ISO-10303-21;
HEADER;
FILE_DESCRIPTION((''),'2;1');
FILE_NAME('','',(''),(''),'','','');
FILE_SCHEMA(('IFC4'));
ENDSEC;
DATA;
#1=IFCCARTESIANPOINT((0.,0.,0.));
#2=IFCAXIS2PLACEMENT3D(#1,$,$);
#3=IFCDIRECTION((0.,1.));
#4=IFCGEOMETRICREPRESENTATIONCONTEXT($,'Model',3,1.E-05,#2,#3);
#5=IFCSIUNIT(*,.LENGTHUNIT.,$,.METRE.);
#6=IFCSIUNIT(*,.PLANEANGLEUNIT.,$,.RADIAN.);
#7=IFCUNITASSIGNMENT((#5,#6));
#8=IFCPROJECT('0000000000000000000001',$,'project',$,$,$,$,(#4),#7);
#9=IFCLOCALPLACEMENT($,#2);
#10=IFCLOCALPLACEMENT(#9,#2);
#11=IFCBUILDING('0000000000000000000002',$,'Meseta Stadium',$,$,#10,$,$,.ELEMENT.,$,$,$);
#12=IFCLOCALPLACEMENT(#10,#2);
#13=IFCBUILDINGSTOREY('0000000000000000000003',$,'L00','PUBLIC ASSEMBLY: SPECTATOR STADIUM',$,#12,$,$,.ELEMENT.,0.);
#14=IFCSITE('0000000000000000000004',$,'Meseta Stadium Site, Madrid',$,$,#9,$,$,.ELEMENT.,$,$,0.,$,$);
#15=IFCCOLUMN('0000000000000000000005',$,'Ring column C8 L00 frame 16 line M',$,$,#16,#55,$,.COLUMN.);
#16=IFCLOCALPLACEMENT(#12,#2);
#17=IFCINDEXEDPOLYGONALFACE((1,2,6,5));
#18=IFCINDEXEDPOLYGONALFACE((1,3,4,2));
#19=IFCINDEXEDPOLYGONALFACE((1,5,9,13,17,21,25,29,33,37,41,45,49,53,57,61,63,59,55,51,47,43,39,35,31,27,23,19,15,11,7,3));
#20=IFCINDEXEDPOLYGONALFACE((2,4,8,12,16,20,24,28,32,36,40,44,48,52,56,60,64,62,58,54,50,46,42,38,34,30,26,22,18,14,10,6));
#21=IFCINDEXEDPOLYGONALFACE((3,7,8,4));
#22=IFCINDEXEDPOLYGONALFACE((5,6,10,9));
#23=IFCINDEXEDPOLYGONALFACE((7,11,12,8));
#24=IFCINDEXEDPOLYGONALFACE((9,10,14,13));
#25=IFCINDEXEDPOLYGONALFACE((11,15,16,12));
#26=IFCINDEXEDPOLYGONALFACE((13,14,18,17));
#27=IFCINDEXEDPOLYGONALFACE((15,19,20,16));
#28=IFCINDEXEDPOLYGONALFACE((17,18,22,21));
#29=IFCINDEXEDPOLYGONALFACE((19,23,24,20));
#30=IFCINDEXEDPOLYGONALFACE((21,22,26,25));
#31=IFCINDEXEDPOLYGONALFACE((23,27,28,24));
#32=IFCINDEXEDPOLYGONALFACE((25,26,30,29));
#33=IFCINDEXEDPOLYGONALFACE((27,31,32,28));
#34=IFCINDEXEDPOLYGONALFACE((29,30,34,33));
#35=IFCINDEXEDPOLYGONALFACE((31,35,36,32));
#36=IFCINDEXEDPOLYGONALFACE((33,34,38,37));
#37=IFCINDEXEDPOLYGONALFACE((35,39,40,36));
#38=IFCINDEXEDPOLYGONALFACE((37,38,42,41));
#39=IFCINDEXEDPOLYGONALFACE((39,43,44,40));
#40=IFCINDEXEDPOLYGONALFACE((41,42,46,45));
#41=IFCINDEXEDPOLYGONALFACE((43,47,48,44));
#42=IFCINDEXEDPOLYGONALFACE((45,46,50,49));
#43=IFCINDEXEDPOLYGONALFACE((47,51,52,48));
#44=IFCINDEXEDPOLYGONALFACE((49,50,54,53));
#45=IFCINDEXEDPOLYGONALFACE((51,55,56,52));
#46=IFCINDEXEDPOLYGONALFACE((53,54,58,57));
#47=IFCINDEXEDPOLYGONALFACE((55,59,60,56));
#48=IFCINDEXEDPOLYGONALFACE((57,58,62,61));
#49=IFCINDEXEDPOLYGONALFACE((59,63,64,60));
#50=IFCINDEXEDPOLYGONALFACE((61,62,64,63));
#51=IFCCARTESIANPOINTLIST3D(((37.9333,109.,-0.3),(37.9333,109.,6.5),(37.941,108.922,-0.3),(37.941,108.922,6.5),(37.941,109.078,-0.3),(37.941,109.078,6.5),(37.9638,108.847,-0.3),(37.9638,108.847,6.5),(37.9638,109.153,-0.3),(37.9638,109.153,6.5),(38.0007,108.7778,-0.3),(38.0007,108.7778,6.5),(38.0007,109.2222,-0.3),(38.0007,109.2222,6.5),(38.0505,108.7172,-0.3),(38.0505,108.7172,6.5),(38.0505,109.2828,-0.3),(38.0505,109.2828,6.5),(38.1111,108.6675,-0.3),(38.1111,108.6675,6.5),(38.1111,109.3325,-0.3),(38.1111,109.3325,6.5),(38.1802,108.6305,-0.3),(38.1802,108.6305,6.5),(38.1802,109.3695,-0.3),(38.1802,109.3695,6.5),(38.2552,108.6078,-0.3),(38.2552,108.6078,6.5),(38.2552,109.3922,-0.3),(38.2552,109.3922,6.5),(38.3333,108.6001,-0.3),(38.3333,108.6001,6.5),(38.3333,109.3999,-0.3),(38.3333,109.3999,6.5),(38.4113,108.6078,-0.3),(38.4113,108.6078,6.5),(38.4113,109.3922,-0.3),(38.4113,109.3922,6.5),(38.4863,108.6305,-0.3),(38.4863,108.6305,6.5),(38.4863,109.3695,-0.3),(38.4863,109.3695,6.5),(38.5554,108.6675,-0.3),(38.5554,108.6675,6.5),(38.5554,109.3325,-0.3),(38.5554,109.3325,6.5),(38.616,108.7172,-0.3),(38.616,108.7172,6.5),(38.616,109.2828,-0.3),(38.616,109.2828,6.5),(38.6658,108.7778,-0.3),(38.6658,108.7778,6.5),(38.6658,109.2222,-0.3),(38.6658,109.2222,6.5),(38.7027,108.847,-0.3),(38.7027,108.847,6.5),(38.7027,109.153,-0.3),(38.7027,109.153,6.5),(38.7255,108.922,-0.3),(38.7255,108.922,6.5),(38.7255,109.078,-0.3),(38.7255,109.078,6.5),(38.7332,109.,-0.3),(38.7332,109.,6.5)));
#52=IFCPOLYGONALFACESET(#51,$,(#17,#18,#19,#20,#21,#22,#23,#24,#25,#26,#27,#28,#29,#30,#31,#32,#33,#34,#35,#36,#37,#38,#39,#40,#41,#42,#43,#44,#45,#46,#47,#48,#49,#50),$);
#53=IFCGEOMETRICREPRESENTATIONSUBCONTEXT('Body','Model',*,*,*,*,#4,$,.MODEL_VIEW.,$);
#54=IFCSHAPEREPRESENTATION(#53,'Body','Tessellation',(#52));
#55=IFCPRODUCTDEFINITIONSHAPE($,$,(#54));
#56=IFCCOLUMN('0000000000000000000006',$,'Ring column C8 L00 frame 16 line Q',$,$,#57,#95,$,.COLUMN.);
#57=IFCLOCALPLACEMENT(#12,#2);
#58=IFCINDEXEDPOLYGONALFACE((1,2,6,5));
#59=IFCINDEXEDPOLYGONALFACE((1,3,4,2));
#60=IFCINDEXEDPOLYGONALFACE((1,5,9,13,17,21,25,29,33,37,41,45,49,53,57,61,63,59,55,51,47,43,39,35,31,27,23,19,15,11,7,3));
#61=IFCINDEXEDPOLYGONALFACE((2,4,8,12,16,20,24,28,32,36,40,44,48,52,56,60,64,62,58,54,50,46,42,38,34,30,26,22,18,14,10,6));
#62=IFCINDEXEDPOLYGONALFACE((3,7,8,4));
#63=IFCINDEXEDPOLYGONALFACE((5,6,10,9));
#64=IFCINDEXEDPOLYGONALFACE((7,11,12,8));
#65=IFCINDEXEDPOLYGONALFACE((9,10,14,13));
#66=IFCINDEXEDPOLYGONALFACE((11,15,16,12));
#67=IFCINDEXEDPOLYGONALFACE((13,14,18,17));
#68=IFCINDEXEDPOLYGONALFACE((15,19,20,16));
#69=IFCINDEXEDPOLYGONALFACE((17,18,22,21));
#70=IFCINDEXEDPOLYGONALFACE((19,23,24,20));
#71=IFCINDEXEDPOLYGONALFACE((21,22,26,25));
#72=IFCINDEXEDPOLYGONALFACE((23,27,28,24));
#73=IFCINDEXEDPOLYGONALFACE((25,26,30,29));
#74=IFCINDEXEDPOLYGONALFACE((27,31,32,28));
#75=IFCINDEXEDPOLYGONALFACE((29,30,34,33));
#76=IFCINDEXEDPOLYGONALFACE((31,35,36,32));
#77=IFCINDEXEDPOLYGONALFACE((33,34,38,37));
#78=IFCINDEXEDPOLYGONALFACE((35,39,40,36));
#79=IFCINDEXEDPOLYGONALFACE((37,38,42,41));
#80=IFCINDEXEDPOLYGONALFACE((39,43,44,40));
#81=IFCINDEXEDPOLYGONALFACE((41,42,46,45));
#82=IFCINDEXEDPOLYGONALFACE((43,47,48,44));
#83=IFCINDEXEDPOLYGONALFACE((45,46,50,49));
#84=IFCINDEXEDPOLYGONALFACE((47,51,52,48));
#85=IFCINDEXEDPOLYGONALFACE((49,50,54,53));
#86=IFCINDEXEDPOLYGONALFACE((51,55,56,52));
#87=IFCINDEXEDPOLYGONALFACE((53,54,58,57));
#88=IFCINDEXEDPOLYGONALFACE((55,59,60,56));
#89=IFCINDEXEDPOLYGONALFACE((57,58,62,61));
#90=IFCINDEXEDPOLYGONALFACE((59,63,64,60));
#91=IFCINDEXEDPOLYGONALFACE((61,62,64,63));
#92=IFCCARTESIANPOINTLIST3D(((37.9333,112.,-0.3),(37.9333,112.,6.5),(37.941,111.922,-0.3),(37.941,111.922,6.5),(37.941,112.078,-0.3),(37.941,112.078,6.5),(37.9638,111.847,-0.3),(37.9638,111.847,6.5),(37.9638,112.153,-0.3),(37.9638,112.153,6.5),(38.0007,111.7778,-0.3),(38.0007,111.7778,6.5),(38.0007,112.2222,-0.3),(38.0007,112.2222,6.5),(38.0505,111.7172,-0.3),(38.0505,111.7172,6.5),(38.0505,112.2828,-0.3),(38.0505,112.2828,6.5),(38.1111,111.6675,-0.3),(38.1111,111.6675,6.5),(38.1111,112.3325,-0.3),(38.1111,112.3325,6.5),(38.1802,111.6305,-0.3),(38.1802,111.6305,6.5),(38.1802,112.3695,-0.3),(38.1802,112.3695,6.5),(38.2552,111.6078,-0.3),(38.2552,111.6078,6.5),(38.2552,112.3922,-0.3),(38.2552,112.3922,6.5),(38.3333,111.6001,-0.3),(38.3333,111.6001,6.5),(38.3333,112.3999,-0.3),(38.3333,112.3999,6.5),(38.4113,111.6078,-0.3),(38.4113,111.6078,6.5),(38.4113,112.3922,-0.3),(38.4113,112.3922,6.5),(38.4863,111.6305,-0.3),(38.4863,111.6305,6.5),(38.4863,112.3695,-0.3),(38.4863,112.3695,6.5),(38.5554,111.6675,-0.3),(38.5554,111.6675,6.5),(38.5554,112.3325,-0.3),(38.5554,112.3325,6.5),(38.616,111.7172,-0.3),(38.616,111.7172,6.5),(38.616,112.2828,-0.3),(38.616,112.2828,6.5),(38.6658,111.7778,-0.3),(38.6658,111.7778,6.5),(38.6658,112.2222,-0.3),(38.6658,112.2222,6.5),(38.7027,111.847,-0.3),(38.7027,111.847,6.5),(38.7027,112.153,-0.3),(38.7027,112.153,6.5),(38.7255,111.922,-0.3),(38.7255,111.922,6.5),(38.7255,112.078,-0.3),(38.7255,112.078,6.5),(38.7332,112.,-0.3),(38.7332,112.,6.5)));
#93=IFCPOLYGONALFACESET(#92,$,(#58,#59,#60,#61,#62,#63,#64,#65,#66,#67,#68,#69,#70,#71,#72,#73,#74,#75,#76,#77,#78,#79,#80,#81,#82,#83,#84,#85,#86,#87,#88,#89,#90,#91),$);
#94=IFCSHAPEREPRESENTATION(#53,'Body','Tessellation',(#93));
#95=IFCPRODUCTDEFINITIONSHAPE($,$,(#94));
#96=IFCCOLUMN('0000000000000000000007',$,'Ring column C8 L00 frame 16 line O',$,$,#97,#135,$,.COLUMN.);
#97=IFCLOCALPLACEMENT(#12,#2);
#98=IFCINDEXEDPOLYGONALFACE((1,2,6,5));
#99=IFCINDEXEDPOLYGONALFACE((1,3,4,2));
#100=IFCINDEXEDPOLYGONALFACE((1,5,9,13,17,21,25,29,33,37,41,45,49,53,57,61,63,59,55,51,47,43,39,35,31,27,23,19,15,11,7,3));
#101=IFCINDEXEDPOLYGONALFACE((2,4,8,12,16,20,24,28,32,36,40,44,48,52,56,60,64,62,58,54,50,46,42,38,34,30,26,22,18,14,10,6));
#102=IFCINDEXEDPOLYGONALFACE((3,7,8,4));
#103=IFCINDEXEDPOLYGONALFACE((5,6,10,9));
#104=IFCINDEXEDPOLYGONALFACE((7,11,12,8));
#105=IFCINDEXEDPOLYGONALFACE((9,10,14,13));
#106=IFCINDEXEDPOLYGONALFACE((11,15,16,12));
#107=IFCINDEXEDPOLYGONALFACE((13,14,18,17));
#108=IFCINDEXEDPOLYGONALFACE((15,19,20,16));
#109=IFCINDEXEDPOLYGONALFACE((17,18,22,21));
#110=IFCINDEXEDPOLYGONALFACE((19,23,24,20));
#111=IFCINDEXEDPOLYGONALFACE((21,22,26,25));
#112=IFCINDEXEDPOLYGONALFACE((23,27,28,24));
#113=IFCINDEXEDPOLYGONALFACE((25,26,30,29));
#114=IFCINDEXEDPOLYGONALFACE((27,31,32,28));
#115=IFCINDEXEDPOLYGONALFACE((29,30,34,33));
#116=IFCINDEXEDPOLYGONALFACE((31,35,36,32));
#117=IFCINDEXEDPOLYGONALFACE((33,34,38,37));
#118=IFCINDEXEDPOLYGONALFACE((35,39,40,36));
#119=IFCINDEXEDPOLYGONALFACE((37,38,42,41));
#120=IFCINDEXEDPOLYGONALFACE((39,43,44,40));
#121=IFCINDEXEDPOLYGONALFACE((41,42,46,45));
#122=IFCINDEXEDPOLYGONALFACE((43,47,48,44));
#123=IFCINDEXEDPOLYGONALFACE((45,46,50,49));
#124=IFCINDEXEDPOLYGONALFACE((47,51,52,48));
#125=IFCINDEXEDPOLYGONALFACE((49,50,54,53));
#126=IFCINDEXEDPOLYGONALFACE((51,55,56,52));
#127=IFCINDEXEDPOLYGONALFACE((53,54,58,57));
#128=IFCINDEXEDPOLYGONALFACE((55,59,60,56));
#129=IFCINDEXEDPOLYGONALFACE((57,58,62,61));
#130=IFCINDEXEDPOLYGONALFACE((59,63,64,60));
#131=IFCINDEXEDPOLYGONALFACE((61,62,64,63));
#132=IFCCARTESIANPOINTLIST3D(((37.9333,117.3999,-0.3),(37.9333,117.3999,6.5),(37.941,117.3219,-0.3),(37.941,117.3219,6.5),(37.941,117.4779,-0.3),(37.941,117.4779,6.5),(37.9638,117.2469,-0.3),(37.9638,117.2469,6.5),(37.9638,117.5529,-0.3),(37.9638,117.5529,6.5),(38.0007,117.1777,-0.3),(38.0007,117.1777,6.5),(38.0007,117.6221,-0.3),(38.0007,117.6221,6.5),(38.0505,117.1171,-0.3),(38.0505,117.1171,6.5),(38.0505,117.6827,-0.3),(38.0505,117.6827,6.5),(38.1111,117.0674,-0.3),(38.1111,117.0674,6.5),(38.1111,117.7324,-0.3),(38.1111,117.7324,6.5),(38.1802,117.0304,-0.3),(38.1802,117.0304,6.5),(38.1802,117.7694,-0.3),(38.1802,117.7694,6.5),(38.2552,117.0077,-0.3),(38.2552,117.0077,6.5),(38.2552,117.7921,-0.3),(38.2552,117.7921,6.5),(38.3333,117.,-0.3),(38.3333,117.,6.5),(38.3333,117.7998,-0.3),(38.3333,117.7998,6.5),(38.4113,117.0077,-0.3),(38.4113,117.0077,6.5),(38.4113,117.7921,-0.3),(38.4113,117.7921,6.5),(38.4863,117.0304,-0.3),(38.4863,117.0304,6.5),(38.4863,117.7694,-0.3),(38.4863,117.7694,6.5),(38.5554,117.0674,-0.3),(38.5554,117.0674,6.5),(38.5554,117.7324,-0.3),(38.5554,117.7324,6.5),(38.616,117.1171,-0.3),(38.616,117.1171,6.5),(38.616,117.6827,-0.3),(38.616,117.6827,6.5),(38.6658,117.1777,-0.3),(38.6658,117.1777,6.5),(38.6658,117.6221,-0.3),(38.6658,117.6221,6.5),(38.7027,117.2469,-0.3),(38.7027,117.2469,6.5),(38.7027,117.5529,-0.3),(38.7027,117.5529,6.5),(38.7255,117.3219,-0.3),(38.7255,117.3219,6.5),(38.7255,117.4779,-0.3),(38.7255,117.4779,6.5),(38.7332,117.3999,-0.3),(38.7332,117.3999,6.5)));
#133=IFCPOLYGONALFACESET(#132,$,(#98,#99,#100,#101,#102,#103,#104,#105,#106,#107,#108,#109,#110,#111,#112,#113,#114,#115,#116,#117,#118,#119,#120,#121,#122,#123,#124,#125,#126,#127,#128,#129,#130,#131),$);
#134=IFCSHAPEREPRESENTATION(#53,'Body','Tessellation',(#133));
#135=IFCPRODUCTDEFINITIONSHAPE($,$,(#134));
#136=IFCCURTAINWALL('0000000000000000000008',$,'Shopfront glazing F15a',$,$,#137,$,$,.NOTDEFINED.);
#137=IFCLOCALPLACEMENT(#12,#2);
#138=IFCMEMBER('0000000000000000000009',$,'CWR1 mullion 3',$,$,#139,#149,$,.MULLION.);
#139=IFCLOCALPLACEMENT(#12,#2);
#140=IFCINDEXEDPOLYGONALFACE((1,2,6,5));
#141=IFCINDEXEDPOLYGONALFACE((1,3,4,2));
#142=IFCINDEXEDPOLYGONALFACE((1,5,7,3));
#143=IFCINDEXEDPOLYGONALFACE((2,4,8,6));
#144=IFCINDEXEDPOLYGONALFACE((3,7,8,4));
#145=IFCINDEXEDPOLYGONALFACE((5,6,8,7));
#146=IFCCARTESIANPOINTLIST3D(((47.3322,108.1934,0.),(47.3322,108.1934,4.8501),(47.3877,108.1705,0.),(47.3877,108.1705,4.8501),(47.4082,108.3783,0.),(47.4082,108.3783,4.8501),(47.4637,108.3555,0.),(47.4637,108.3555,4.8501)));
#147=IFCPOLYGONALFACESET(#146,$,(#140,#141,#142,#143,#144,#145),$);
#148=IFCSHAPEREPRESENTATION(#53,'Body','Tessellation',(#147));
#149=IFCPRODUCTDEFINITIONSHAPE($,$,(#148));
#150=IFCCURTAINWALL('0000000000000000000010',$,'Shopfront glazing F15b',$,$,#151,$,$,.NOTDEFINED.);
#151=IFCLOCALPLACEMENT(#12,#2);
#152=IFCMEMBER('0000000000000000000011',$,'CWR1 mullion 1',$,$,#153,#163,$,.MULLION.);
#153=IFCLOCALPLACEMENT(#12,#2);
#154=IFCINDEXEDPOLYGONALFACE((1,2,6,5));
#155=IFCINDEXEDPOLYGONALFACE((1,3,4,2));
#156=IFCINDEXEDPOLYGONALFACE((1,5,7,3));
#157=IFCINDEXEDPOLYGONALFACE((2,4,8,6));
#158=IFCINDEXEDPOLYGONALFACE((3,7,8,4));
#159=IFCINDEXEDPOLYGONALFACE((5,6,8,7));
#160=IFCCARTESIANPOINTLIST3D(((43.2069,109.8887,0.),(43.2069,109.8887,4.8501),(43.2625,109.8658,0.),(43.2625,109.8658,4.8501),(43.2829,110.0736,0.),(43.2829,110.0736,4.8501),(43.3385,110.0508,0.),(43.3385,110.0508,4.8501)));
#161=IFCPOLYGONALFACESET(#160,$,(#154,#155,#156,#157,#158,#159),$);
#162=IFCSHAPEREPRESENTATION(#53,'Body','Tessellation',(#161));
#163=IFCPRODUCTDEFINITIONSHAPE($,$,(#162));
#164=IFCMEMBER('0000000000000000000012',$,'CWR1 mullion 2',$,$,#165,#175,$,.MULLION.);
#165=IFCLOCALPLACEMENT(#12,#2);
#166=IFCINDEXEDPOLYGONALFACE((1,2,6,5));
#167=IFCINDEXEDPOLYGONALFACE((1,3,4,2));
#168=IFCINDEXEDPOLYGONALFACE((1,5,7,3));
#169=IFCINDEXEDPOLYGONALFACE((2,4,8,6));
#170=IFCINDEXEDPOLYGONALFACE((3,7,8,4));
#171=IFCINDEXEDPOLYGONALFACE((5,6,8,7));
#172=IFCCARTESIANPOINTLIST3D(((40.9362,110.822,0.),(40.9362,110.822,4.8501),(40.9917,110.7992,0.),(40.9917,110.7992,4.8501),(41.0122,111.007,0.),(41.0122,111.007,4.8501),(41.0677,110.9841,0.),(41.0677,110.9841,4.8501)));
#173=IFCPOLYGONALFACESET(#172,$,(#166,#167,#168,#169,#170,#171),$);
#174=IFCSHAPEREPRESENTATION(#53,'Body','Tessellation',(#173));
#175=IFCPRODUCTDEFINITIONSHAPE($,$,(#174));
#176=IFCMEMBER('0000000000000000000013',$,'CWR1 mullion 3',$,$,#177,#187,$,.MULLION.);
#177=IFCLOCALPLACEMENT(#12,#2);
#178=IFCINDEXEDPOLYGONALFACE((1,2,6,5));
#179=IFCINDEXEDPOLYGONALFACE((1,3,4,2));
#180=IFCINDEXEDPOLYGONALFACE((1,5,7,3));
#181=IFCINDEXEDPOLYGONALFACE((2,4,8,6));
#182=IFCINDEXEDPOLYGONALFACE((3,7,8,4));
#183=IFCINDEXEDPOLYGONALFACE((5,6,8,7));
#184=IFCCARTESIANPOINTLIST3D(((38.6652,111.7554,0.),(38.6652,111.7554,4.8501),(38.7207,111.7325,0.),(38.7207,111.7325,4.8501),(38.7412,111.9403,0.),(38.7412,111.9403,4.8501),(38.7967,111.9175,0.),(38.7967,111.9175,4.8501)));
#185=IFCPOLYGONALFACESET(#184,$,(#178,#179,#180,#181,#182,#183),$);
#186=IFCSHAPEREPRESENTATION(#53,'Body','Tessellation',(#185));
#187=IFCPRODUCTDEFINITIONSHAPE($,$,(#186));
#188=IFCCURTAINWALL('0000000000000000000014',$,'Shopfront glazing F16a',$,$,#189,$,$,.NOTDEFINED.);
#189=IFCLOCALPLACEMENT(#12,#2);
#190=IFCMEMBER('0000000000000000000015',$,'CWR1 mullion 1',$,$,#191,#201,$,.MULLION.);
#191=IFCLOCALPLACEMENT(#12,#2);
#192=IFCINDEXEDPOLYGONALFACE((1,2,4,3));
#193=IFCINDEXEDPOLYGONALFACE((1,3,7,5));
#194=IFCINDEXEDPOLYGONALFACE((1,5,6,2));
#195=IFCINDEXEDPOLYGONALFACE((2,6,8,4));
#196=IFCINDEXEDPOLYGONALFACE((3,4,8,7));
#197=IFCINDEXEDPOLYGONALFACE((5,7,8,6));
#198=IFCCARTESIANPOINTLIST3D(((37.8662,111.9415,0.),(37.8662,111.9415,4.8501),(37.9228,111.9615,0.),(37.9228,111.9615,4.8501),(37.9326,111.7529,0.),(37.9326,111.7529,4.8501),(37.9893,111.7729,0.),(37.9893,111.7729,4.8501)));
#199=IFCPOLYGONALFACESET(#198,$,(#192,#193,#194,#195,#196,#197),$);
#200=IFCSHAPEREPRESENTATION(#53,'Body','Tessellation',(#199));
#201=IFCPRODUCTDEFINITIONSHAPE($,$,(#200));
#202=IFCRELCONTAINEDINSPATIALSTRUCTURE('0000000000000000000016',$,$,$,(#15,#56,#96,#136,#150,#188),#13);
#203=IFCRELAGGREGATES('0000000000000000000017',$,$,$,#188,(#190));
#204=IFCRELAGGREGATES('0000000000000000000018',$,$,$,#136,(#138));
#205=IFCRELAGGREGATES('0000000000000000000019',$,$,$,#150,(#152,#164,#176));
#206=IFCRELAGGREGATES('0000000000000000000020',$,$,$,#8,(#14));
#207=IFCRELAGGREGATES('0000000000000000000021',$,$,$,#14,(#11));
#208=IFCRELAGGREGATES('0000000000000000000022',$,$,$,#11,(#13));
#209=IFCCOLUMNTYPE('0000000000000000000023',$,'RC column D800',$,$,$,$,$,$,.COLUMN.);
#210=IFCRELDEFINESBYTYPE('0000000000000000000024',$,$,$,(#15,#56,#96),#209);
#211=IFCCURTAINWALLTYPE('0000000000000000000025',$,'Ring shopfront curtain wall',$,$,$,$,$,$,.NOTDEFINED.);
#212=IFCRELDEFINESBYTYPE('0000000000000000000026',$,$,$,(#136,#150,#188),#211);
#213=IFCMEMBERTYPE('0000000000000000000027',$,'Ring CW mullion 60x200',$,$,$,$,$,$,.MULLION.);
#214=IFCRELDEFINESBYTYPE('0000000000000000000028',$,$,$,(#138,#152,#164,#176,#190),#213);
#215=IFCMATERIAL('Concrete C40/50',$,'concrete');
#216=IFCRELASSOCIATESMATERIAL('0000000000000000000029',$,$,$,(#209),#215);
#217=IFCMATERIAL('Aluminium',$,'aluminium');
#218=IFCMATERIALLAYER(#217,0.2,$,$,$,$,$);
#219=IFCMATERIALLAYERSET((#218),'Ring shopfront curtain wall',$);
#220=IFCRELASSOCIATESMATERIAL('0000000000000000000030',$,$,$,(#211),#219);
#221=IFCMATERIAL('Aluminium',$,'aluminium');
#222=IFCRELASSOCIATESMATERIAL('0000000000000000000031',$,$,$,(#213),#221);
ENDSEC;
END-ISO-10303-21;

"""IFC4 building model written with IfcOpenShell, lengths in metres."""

from ifc_helpers import new_model, si_unit, direction, frame, origin, origin_2d, place, context, subcontext, project, spatial, rectangle, circle, extrude, material, layer, layer_set, material_profile, profile_set, type_object, element, aggregate, save


model = new_model("IFC4")

# Units and contexts
model_context = context("Model", 3, precision=1e-05, world=origin(), true_north=direction((0.0, 1.0)))
body_context = subcontext(model_context, "Body", "Model", "MODEL_VIEW")
ifc_project = project(units=[si_unit("LENGTHUNIT", "METRE"), si_unit("PLANEANGLEUNIT", "RADIAN")], contexts=[model_context])

# Site, building, storey
site_placement = place(None, origin())
site = spatial("IfcSite", under=ifc_project, at=site_placement, Name="Meseta Stadium Site, Madrid", CompositionType="ELEMENT", RefElevation=0.0)
building_placement = place(site_placement, origin())
building = spatial("IfcBuilding", under=site, at=building_placement, Name="Meseta Stadium", CompositionType="ELEMENT")
storey_placement = place(building_placement, origin())
storey = spatial("IfcBuildingStorey", under=building, at=storey_placement, Name="L00", Description="PUBLIC ASSEMBLY: SPECTATOR STADIUM", CompositionType="ELEMENT", Elevation=0.0)

# Columns
ifc_material_1 = material(Name="Concrete C40/50", Category="concrete")
ifc_material_profile_1 = material_profile(ifc_material_1, circle(Radius=0.3999, at=origin_2d()), Name="RC D800")
ifc_profile_set_1 = profile_set([ifc_material_profile_1], Name="Concrete C40/50")
column_type = type_object("IfcColumnType", Name="RC column D800", PredefinedType="COLUMN", material=ifc_profile_set_1)
for number, where, z_axis, x_axis, name in (
    (1, (38.3333, 109.0, -0.3), (0.0, 0.0, 1.0), (1.0, 0.0, 0.0), "Ring column C8 L00 frame 16 line M"),
    (2, (38.3333, 112.0, -0.3), (0.0, 0.0, 1.0), (1.0, 0.0, 0.0), "Ring column C8 L00 frame 16 line Q"),
    (3, (38.3333, 117.3999, -0.3), (0.0, 0.0, 1.0), (1.0, 0.0, 0.0), "Ring column C8 L00 frame 16 line O"),
):
    element("IfcColumn", number, at=place(storey_placement, frame(where, z_axis=z_axis, x_axis=x_axis)), inside=storey, type_object=column_type, Name=name, PredefinedType="COLUMN", context=body_context, shape_type="SweptSolid", body=[
        extrude(circle(Radius=0.3999, at=origin_2d()), origin(), (0.0, 0.0, 1.0), 6.8),
    ])

# Curtain wall, member
ifc_material_2 = material(Name="Aluminium", Category="aluminium")
ifc_layer_1 = layer(ifc_material_2, 0.2)
ifc_layer_set_1 = layer_set([ifc_layer_1], Name="Ring shopfront curtain wall")
curtain_wall_type = type_object("IfcCurtainWallType", Name="Ring shopfront curtain wall", PredefinedType="NOTDEFINED", material=ifc_layer_set_1)
curtain_wall_1_placement = place(storey_placement, origin())
curtain_wall_1 = element("IfcCurtainWall", 4, at=curtain_wall_1_placement, inside=storey, type_object=curtain_wall_type, Name="Shopfront glazing F15a", PredefinedType="NOTDEFINED")
ifc_material_3 = material(Name="Aluminium", Category="aluminium")
ifc_material_profile_2 = material_profile(ifc_material_3, rectangle(XDim=0.2, YDim=0.0601, at=origin_2d()), Name="CW 200x60")
ifc_profile_set_2 = profile_set([ifc_material_profile_2], Name="Aluminium")
member_type_1 = type_object("IfcMemberType", Name="Ring CW mullion 60x200", PredefinedType="MULLION", material=ifc_profile_set_2)
member_1_placement = place(storey_placement, frame((47.3979, 108.2744, 0.0), z_axis=(0.0, 0.0, 1.0), x_axis=(-0.380161, -0.92492, 0.0)))
member_1 = element("IfcMember", 5, at=member_1_placement, type_object=member_type_1, Name="CWR1 mullion 3", PredefinedType="MULLION", context=body_context, shape_type="SweptSolid", body=[
    extrude(rectangle(XDim=0.2, YDim=0.0601, at=origin_2d()), origin(), (0.0, 0.0, 1.0), 4.8501),
])

# Curtain wall, members
curtain_wall_2_placement = place(storey_placement, origin())
curtain_wall_2 = element("IfcCurtainWall", 6, at=curtain_wall_2_placement, inside=storey, type_object=curtain_wall_type, Name="Shopfront glazing F15b", PredefinedType="NOTDEFINED")
member_2_placement = place(storey_placement, frame((43.2727, 109.9697, 0.0), z_axis=(0.0, 0.0, 1.0), x_axis=(-0.380161, -0.92492, 0.0)))
member_2 = element("IfcMember", 7, at=member_2_placement, type_object=member_type_1, Name="CWR1 mullion 1", PredefinedType="MULLION", context=body_context, shape_type="SweptSolid", body=[
    extrude(rectangle(XDim=0.2, YDim=0.0601, at=origin_2d()), origin(), (0.0, 0.0, 1.0), 4.8501),
])
member_3_placement = place(storey_placement, frame((41.002, 110.9031, 0.0), z_axis=(0.0, 0.0, 1.0), x_axis=(-0.380161, -0.92492, 0.0)))
member_3 = element("IfcMember", 8, at=member_3_placement, type_object=member_type_1, Name="CWR1 mullion 2", PredefinedType="MULLION", context=body_context, shape_type="SweptSolid", body=[
    extrude(rectangle(XDim=0.2, YDim=0.0601, at=origin_2d()), origin(), (0.0, 0.0, 1.0), 4.8501),
])
member_4_placement = place(storey_placement, frame((38.731, 111.8364, 0.0), z_axis=(0.0, 0.0, 1.0), x_axis=(-0.380161, -0.92492, 0.0)))
member_4 = element("IfcMember", 9, at=member_4_placement, type_object=member_type_1, Name="CWR1 mullion 3", PredefinedType="MULLION", context=body_context, shape_type="SweptSolid", body=[
    extrude(rectangle(XDim=0.2, YDim=0.0601, at=origin_2d()), origin(), (0.0, 0.0, 1.0), 4.8501),
])

# Curtain wall, member
curtain_wall_3_placement = place(storey_placement, origin())
curtain_wall_3 = element("IfcCurtainWall", 10, at=curtain_wall_3_placement, inside=storey, type_object=curtain_wall_type, Name="Shopfront glazing F16a", PredefinedType="NOTDEFINED")
member_5_placement = place(storey_placement, frame((37.9277, 111.8572, 0.0), z_axis=(0.0, 0.0, 1.0), x_axis=(0.33217, -0.94322, 0.0)))
member_5 = element("IfcMember", 11, at=member_5_placement, type_object=member_type_1, Name="CWR1 mullion 1", PredefinedType="MULLION", context=body_context, shape_type="SweptSolid", body=[
    extrude(rectangle(XDim=0.2, YDim=0.0601, at=origin_2d()), origin(), (0.0, 0.0, 1.0), 4.8501),
])

aggregate(curtain_wall_3, [member_5])

aggregate(curtain_wall_1, [member_1])
aggregate(curtain_wall_2, [member_2, member_3, member_4])

save(model, "model.ifc")
